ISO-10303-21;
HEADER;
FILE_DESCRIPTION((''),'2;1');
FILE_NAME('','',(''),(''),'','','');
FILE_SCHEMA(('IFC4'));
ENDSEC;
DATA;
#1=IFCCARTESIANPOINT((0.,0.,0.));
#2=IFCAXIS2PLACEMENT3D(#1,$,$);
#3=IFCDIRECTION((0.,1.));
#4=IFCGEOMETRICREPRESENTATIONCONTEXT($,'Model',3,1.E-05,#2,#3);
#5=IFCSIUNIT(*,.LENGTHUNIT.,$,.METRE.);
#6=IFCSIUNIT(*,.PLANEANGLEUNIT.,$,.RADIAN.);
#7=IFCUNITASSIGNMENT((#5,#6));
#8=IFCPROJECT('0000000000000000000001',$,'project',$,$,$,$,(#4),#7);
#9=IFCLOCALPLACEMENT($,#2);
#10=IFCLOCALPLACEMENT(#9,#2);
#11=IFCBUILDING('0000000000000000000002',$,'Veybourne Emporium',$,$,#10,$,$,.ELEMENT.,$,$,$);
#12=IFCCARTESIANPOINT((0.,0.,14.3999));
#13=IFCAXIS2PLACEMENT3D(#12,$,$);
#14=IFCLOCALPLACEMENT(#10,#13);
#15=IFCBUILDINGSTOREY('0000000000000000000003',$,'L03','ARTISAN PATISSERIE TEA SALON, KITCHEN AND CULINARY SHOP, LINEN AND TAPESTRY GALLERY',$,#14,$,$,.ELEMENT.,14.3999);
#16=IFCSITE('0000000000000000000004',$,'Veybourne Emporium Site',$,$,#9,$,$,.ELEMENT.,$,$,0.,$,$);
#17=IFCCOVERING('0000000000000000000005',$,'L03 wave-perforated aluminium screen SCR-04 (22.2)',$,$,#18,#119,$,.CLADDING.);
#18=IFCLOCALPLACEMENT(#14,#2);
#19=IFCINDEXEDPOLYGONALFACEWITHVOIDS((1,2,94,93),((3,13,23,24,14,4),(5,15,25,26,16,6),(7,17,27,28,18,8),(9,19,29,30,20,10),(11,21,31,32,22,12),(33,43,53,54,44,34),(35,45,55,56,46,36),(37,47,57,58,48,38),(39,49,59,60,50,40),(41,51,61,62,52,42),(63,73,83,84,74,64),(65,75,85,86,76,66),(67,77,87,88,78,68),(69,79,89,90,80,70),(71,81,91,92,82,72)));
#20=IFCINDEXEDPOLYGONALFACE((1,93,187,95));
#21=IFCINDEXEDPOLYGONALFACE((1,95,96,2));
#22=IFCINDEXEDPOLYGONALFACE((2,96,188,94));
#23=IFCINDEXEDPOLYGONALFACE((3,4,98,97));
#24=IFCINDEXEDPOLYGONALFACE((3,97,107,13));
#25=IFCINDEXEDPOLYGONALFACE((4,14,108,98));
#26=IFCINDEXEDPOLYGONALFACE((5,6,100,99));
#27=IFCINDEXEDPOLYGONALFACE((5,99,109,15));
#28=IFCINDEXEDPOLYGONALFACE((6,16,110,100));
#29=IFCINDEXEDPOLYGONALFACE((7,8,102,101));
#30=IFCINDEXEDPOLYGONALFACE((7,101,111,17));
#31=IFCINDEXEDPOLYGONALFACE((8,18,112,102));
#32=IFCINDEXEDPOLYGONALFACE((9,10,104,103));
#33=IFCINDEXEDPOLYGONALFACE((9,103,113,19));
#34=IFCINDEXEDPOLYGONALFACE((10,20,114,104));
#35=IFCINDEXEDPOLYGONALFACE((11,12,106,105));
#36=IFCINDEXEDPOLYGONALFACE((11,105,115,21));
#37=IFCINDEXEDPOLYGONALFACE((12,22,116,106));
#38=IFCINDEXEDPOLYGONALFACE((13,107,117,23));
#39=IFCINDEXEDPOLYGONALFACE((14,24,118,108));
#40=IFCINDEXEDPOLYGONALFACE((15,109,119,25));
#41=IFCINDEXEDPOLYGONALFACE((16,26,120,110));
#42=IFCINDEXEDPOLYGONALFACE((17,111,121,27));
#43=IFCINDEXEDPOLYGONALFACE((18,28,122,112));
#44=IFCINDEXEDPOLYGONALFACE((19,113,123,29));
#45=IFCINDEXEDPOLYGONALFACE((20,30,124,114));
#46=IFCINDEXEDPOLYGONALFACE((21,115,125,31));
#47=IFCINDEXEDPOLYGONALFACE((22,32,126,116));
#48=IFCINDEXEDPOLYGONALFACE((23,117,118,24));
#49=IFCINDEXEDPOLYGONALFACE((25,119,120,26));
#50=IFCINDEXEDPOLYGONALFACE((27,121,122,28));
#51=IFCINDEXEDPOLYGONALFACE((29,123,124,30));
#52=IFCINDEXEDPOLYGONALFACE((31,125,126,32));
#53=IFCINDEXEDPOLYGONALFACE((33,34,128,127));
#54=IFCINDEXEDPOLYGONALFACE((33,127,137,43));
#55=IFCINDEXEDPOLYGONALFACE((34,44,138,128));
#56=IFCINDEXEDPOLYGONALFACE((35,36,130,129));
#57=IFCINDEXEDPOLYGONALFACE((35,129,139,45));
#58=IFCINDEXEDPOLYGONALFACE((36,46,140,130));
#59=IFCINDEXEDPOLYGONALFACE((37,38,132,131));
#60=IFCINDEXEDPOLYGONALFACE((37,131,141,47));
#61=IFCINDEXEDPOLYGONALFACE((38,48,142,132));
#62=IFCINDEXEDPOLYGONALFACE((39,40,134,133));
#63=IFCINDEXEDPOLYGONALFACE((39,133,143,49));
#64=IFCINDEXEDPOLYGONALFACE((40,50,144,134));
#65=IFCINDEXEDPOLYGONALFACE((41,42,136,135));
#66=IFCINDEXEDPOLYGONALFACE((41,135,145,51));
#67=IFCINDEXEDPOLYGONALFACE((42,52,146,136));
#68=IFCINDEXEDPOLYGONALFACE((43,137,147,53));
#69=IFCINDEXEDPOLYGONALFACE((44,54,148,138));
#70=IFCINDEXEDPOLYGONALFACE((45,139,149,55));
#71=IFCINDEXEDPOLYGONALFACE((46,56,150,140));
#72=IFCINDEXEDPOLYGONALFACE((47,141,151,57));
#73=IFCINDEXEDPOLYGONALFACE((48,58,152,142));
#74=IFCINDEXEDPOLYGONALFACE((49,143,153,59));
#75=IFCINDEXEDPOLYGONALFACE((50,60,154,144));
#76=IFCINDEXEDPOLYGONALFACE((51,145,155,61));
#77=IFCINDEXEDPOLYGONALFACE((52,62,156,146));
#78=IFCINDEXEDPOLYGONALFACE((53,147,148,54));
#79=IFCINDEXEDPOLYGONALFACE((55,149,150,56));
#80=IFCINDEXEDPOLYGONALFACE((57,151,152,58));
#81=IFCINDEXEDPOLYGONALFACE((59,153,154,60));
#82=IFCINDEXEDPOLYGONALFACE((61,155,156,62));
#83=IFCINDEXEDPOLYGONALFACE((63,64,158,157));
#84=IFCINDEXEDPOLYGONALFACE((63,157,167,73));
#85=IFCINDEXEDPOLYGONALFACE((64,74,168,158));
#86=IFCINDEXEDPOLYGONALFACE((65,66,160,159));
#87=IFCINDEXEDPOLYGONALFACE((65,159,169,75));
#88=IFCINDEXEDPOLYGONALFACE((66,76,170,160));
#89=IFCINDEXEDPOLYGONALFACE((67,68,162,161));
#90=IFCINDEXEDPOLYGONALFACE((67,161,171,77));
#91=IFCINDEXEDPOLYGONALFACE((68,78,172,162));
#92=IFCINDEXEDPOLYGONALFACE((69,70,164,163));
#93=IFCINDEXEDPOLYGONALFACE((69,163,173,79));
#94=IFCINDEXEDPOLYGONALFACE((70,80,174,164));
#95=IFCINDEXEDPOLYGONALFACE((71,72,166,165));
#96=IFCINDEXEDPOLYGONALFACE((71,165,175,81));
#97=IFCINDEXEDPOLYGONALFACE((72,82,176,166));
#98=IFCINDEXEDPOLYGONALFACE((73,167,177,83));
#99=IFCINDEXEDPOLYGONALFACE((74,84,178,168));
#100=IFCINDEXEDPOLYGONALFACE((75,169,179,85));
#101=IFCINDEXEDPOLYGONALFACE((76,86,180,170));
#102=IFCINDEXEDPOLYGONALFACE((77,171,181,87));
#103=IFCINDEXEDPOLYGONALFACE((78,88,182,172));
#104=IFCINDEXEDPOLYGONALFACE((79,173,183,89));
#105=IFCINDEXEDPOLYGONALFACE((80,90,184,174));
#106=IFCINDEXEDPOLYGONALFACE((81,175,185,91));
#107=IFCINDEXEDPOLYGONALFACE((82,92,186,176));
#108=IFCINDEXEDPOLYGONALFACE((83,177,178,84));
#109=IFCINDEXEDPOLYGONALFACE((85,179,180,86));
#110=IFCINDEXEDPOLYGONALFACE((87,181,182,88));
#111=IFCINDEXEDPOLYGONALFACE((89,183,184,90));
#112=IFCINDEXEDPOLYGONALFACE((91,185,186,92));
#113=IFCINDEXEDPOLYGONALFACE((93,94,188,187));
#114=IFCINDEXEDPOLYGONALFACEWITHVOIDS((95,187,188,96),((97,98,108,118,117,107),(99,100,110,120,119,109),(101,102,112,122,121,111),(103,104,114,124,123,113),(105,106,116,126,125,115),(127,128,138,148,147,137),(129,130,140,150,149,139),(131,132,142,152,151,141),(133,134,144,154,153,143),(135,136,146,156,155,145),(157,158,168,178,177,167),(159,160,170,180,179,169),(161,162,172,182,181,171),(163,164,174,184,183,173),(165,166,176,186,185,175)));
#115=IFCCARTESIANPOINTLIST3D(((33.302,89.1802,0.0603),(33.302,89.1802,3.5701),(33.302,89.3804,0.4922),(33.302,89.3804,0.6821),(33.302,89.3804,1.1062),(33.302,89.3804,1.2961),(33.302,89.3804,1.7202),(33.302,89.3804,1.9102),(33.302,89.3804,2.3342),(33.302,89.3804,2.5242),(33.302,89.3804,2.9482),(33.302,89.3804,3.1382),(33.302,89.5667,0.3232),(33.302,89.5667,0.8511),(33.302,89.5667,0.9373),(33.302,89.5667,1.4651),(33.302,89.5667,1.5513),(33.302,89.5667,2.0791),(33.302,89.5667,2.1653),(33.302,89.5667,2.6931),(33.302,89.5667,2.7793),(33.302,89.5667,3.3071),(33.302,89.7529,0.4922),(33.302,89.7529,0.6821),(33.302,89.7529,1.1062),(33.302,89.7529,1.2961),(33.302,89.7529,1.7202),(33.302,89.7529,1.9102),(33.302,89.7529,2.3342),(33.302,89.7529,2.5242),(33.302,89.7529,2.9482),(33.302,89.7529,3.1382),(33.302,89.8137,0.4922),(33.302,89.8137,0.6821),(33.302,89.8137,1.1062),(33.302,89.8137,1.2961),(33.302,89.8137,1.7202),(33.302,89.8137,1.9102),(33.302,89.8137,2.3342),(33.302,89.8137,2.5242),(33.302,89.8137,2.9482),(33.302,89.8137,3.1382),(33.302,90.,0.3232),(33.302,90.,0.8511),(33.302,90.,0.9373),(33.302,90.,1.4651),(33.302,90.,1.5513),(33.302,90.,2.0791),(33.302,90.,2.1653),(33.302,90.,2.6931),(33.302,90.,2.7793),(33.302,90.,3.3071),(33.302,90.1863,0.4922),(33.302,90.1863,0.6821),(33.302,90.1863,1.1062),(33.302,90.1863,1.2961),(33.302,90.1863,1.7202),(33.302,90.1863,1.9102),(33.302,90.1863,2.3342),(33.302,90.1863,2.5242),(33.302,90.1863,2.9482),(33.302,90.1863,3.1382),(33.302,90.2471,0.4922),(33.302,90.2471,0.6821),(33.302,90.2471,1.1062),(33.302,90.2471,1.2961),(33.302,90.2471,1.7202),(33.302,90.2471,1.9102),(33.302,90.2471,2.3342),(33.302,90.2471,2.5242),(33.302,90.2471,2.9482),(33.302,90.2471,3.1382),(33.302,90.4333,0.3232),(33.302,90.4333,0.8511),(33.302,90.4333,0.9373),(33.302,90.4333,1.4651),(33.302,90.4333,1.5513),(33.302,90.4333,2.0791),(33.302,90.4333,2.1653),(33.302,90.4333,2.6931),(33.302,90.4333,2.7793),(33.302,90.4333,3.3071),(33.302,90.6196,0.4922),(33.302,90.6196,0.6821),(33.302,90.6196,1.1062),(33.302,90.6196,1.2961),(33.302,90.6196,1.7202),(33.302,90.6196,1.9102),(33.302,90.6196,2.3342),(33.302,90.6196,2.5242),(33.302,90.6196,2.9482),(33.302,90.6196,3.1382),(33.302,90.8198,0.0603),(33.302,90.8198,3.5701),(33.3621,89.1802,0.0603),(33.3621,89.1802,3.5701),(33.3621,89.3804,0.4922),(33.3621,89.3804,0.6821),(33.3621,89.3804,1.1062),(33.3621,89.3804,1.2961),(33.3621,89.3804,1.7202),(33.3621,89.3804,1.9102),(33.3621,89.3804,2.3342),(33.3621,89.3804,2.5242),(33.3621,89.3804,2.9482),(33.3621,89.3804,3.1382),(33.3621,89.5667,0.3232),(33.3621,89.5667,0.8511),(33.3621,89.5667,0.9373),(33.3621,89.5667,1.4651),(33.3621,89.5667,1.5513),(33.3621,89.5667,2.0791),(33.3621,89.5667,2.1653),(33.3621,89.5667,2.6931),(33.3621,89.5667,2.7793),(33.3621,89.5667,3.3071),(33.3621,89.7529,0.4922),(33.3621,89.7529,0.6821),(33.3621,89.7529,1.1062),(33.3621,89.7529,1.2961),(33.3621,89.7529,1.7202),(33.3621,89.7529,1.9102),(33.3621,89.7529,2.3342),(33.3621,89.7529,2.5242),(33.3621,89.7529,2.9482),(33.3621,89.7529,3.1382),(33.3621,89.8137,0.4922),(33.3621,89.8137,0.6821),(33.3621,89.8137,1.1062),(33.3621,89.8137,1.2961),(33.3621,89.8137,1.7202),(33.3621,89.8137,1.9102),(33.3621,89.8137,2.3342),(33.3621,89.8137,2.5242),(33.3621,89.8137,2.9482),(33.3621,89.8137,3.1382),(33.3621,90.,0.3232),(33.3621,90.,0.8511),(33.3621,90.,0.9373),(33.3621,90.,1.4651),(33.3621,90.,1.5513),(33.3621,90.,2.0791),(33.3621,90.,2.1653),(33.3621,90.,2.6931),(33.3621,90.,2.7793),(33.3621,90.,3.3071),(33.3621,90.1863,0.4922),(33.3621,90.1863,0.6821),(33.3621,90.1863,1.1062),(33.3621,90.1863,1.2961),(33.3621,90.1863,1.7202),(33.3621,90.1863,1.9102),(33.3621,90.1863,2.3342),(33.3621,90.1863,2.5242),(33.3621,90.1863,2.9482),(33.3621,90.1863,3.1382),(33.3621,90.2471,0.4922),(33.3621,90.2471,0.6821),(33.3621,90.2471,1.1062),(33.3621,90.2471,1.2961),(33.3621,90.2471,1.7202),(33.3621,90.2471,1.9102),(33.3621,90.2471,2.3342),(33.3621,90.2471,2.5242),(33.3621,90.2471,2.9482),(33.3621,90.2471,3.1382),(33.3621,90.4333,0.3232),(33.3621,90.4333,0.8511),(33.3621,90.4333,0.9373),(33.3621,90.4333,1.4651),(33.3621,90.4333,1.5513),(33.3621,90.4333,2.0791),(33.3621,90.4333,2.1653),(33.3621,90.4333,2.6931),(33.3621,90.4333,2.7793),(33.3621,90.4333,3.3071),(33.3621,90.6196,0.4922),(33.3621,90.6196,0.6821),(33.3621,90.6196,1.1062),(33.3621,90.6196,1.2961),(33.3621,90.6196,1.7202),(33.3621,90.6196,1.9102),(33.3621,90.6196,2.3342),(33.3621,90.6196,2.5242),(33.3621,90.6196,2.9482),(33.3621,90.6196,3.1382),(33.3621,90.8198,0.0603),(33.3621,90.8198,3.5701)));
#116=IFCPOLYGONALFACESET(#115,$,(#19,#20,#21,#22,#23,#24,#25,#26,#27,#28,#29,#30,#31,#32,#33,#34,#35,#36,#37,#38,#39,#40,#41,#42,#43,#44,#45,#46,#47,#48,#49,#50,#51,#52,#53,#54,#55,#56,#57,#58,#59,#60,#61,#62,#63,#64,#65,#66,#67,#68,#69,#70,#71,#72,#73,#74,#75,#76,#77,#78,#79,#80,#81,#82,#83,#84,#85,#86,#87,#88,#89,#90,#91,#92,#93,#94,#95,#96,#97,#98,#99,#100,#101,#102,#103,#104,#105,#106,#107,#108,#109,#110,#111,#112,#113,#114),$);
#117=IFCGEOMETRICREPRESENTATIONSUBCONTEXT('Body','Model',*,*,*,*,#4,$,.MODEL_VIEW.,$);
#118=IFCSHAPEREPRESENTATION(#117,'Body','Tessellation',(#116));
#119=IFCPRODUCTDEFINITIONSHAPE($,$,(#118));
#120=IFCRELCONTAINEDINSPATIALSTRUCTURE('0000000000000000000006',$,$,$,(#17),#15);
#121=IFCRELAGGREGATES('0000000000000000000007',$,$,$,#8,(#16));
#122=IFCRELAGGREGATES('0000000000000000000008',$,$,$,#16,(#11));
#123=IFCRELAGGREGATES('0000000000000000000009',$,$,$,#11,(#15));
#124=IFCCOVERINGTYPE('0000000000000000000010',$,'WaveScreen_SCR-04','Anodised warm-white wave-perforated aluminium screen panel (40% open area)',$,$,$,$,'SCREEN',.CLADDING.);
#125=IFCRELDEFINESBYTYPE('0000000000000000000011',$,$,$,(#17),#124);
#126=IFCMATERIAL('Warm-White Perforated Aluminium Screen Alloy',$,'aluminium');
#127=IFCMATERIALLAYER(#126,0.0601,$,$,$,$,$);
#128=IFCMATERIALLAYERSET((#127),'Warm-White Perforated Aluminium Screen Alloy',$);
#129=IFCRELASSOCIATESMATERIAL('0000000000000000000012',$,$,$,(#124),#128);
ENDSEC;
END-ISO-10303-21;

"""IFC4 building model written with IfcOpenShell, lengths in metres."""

from ifc_helpers import new_model, si_unit, direction, frame, origin, place, context, subcontext, project, spatial, polyline, outline, extrude, material, layer, layer_set, type_object, element, save


model = new_model("IFC4")

# Units and contexts
model_context = context("Model", 3, precision=1e-05, world=origin(), true_north=direction((0.0, 1.0)))
body_context = subcontext(model_context, "Body", "Model", "MODEL_VIEW")
ifc_project = project(units=[si_unit("LENGTHUNIT", "METRE"), si_unit("PLANEANGLEUNIT", "RADIAN")], contexts=[model_context])

# Site, building, storey
site_placement = place(None, origin())
site = spatial("IfcSite", under=ifc_project, at=site_placement, Name="Veybourne Emporium Site", CompositionType="ELEMENT", RefElevation=0.0)
building_placement = place(site_placement, origin())
building = spatial("IfcBuilding", under=site, at=building_placement, Name="Veybourne Emporium", CompositionType="ELEMENT")
storey_placement = place(building_placement, frame((0.0, 0.0, 14.3999)))
storey = spatial("IfcBuildingStorey", under=building, at=storey_placement, Name="L03", Description="ARTISAN PATISSERIE TEA SALON, KITCHEN AND CULINARY SHOP, LINEN AND TAPESTRY GALLERY", CompositionType="ELEMENT", Elevation=14.3999)

# Covering
ifc_material_1 = material(Name="Warm-White Perforated Aluminium Screen Alloy", Category="aluminium")
ifc_layer_1 = layer(ifc_material_1, 0.0601)
ifc_layer_set_1 = layer_set([ifc_layer_1], Name="Warm-White Perforated Aluminium Screen Alloy")
covering_type_1 = type_object("IfcCoveringType", Name="WaveScreen_SCR-04", Description="Anodised warm-white wave-perforated aluminium screen panel (40% open area)", ElementType="SCREEN", PredefinedType="CLADDING", material=ifc_layer_set_1)
covering_1_placement = place(storey_placement, frame((33.302, 90.0, 1.8152), z_axis=(1.0, 0.0, 0.0), x_axis=(0.0, 1.0, 0.0)))
element("IfcCovering", 1, at=covering_1_placement, inside=storey, type_object=covering_type_1, Name="L03 wave-perforated aluminium screen SCR-04 (22.2)", PredefinedType="CLADDING", context=body_context, shape_type="SweptSolid", body=[
    extrude(outline(polyline([(-0.8198, -1.7549), (0.8198, -1.7549), (0.8198, 1.7549), (-0.8198, 1.7549), (-0.8198, -1.7549)]), holes=[polyline([(-0.4333, -0.9641), (-0.2471, -1.1331), (-0.2471, -1.323), (-0.4333, -1.4919), (-0.6196, -1.323), (-0.6196, -1.1331), (-0.4333, -0.9641)]), polyline([(-0.4333, -0.3501), (-0.2471, -0.519), (-0.2471, -0.709), (-0.4333, -0.8779), (-0.6196, -0.709), (-0.6196, -0.519), (-0.4333, -0.3501)]), polyline([(-0.4333, 0.2639), (-0.2471, 0.095), (-0.2471, -0.095), (-0.4333, -0.2639), (-0.6196, -0.095), (-0.6196, 0.095), (-0.4333, 0.2639)]), polyline([(-0.4333, 0.8779), (-0.2471, 0.709), (-0.2471, 0.519), (-0.4333, 0.3501), (-0.6196, 0.519), (-0.6196, 0.709), (-0.4333, 0.8779)]), polyline([(-0.4333, 1.4919), (-0.2471, 1.323), (-0.2471, 1.1331), (-0.4333, 0.9641), (-0.6196, 1.1331), (-0.6196, 1.323), (-0.4333, 1.4919)]), polyline([(0.0, -0.9641), (0.1863, -1.1331), (0.1863, -1.323), (0.0, -1.4919), (-0.1863, -1.323), (-0.1863, -1.1331), (0.0, -0.9641)]), polyline([(0.0, -0.3501), (0.1863, -0.519), (0.1863, -0.709), (0.0, -0.8779), (-0.1863, -0.709), (-0.1863, -0.519), (0.0, -0.3501)]), polyline([(0.0, 0.2639), (0.1863, 0.095), (0.1863, -0.095), (0.0, -0.2639), (-0.1863, -0.095), (-0.1863, 0.095), (0.0, 0.2639)]), polyline([(0.0, 0.8779), (0.1863, 0.709), (0.1863, 0.519), (0.0, 0.3501), (-0.1863, 0.519), (-0.1863, 0.709), (0.0, 0.8779)]), polyline([(0.0, 1.4919), (0.1863, 1.323), (0.1863, 1.1331), (0.0, 0.9641), (-0.1863, 1.1331), (-0.1863, 1.323), (0.0, 1.4919)]), polyline([(0.4333, -0.9641), (0.6196, -1.1331), (0.6196, -1.323), (0.4333, -1.4919), (0.2471, -1.323), (0.2471, -1.1331), (0.4333, -0.9641)]), polyline([(0.4333, -0.3501), (0.6196, -0.519), (0.6196, -0.709), (0.4333, -0.8779), (0.2471, -0.709), (0.2471, -0.519), (0.4333, -0.3501)]), polyline([(0.4333, 0.2639), (0.6196, 0.095), (0.6196, -0.095), (0.4333, -0.2639), (0.2471, -0.095), (0.2471, 0.095), (0.4333, 0.2639)]), polyline([(0.4333, 0.8779), (0.6196, 0.709), (0.6196, 0.519), (0.4333, 0.3501), (0.2471, 0.519), (0.2471, 0.709), (0.4333, 0.8779)]), polyline([(0.4333, 1.4919), (0.6196, 1.323), (0.6196, 1.1331), (0.4333, 0.9641), (0.2471, 1.1331), (0.2471, 1.323), (0.4333, 1.4919)])]), origin(), (0.0, 0.0, 1.0), 0.0601),
])

save(model, "model.ifc")
